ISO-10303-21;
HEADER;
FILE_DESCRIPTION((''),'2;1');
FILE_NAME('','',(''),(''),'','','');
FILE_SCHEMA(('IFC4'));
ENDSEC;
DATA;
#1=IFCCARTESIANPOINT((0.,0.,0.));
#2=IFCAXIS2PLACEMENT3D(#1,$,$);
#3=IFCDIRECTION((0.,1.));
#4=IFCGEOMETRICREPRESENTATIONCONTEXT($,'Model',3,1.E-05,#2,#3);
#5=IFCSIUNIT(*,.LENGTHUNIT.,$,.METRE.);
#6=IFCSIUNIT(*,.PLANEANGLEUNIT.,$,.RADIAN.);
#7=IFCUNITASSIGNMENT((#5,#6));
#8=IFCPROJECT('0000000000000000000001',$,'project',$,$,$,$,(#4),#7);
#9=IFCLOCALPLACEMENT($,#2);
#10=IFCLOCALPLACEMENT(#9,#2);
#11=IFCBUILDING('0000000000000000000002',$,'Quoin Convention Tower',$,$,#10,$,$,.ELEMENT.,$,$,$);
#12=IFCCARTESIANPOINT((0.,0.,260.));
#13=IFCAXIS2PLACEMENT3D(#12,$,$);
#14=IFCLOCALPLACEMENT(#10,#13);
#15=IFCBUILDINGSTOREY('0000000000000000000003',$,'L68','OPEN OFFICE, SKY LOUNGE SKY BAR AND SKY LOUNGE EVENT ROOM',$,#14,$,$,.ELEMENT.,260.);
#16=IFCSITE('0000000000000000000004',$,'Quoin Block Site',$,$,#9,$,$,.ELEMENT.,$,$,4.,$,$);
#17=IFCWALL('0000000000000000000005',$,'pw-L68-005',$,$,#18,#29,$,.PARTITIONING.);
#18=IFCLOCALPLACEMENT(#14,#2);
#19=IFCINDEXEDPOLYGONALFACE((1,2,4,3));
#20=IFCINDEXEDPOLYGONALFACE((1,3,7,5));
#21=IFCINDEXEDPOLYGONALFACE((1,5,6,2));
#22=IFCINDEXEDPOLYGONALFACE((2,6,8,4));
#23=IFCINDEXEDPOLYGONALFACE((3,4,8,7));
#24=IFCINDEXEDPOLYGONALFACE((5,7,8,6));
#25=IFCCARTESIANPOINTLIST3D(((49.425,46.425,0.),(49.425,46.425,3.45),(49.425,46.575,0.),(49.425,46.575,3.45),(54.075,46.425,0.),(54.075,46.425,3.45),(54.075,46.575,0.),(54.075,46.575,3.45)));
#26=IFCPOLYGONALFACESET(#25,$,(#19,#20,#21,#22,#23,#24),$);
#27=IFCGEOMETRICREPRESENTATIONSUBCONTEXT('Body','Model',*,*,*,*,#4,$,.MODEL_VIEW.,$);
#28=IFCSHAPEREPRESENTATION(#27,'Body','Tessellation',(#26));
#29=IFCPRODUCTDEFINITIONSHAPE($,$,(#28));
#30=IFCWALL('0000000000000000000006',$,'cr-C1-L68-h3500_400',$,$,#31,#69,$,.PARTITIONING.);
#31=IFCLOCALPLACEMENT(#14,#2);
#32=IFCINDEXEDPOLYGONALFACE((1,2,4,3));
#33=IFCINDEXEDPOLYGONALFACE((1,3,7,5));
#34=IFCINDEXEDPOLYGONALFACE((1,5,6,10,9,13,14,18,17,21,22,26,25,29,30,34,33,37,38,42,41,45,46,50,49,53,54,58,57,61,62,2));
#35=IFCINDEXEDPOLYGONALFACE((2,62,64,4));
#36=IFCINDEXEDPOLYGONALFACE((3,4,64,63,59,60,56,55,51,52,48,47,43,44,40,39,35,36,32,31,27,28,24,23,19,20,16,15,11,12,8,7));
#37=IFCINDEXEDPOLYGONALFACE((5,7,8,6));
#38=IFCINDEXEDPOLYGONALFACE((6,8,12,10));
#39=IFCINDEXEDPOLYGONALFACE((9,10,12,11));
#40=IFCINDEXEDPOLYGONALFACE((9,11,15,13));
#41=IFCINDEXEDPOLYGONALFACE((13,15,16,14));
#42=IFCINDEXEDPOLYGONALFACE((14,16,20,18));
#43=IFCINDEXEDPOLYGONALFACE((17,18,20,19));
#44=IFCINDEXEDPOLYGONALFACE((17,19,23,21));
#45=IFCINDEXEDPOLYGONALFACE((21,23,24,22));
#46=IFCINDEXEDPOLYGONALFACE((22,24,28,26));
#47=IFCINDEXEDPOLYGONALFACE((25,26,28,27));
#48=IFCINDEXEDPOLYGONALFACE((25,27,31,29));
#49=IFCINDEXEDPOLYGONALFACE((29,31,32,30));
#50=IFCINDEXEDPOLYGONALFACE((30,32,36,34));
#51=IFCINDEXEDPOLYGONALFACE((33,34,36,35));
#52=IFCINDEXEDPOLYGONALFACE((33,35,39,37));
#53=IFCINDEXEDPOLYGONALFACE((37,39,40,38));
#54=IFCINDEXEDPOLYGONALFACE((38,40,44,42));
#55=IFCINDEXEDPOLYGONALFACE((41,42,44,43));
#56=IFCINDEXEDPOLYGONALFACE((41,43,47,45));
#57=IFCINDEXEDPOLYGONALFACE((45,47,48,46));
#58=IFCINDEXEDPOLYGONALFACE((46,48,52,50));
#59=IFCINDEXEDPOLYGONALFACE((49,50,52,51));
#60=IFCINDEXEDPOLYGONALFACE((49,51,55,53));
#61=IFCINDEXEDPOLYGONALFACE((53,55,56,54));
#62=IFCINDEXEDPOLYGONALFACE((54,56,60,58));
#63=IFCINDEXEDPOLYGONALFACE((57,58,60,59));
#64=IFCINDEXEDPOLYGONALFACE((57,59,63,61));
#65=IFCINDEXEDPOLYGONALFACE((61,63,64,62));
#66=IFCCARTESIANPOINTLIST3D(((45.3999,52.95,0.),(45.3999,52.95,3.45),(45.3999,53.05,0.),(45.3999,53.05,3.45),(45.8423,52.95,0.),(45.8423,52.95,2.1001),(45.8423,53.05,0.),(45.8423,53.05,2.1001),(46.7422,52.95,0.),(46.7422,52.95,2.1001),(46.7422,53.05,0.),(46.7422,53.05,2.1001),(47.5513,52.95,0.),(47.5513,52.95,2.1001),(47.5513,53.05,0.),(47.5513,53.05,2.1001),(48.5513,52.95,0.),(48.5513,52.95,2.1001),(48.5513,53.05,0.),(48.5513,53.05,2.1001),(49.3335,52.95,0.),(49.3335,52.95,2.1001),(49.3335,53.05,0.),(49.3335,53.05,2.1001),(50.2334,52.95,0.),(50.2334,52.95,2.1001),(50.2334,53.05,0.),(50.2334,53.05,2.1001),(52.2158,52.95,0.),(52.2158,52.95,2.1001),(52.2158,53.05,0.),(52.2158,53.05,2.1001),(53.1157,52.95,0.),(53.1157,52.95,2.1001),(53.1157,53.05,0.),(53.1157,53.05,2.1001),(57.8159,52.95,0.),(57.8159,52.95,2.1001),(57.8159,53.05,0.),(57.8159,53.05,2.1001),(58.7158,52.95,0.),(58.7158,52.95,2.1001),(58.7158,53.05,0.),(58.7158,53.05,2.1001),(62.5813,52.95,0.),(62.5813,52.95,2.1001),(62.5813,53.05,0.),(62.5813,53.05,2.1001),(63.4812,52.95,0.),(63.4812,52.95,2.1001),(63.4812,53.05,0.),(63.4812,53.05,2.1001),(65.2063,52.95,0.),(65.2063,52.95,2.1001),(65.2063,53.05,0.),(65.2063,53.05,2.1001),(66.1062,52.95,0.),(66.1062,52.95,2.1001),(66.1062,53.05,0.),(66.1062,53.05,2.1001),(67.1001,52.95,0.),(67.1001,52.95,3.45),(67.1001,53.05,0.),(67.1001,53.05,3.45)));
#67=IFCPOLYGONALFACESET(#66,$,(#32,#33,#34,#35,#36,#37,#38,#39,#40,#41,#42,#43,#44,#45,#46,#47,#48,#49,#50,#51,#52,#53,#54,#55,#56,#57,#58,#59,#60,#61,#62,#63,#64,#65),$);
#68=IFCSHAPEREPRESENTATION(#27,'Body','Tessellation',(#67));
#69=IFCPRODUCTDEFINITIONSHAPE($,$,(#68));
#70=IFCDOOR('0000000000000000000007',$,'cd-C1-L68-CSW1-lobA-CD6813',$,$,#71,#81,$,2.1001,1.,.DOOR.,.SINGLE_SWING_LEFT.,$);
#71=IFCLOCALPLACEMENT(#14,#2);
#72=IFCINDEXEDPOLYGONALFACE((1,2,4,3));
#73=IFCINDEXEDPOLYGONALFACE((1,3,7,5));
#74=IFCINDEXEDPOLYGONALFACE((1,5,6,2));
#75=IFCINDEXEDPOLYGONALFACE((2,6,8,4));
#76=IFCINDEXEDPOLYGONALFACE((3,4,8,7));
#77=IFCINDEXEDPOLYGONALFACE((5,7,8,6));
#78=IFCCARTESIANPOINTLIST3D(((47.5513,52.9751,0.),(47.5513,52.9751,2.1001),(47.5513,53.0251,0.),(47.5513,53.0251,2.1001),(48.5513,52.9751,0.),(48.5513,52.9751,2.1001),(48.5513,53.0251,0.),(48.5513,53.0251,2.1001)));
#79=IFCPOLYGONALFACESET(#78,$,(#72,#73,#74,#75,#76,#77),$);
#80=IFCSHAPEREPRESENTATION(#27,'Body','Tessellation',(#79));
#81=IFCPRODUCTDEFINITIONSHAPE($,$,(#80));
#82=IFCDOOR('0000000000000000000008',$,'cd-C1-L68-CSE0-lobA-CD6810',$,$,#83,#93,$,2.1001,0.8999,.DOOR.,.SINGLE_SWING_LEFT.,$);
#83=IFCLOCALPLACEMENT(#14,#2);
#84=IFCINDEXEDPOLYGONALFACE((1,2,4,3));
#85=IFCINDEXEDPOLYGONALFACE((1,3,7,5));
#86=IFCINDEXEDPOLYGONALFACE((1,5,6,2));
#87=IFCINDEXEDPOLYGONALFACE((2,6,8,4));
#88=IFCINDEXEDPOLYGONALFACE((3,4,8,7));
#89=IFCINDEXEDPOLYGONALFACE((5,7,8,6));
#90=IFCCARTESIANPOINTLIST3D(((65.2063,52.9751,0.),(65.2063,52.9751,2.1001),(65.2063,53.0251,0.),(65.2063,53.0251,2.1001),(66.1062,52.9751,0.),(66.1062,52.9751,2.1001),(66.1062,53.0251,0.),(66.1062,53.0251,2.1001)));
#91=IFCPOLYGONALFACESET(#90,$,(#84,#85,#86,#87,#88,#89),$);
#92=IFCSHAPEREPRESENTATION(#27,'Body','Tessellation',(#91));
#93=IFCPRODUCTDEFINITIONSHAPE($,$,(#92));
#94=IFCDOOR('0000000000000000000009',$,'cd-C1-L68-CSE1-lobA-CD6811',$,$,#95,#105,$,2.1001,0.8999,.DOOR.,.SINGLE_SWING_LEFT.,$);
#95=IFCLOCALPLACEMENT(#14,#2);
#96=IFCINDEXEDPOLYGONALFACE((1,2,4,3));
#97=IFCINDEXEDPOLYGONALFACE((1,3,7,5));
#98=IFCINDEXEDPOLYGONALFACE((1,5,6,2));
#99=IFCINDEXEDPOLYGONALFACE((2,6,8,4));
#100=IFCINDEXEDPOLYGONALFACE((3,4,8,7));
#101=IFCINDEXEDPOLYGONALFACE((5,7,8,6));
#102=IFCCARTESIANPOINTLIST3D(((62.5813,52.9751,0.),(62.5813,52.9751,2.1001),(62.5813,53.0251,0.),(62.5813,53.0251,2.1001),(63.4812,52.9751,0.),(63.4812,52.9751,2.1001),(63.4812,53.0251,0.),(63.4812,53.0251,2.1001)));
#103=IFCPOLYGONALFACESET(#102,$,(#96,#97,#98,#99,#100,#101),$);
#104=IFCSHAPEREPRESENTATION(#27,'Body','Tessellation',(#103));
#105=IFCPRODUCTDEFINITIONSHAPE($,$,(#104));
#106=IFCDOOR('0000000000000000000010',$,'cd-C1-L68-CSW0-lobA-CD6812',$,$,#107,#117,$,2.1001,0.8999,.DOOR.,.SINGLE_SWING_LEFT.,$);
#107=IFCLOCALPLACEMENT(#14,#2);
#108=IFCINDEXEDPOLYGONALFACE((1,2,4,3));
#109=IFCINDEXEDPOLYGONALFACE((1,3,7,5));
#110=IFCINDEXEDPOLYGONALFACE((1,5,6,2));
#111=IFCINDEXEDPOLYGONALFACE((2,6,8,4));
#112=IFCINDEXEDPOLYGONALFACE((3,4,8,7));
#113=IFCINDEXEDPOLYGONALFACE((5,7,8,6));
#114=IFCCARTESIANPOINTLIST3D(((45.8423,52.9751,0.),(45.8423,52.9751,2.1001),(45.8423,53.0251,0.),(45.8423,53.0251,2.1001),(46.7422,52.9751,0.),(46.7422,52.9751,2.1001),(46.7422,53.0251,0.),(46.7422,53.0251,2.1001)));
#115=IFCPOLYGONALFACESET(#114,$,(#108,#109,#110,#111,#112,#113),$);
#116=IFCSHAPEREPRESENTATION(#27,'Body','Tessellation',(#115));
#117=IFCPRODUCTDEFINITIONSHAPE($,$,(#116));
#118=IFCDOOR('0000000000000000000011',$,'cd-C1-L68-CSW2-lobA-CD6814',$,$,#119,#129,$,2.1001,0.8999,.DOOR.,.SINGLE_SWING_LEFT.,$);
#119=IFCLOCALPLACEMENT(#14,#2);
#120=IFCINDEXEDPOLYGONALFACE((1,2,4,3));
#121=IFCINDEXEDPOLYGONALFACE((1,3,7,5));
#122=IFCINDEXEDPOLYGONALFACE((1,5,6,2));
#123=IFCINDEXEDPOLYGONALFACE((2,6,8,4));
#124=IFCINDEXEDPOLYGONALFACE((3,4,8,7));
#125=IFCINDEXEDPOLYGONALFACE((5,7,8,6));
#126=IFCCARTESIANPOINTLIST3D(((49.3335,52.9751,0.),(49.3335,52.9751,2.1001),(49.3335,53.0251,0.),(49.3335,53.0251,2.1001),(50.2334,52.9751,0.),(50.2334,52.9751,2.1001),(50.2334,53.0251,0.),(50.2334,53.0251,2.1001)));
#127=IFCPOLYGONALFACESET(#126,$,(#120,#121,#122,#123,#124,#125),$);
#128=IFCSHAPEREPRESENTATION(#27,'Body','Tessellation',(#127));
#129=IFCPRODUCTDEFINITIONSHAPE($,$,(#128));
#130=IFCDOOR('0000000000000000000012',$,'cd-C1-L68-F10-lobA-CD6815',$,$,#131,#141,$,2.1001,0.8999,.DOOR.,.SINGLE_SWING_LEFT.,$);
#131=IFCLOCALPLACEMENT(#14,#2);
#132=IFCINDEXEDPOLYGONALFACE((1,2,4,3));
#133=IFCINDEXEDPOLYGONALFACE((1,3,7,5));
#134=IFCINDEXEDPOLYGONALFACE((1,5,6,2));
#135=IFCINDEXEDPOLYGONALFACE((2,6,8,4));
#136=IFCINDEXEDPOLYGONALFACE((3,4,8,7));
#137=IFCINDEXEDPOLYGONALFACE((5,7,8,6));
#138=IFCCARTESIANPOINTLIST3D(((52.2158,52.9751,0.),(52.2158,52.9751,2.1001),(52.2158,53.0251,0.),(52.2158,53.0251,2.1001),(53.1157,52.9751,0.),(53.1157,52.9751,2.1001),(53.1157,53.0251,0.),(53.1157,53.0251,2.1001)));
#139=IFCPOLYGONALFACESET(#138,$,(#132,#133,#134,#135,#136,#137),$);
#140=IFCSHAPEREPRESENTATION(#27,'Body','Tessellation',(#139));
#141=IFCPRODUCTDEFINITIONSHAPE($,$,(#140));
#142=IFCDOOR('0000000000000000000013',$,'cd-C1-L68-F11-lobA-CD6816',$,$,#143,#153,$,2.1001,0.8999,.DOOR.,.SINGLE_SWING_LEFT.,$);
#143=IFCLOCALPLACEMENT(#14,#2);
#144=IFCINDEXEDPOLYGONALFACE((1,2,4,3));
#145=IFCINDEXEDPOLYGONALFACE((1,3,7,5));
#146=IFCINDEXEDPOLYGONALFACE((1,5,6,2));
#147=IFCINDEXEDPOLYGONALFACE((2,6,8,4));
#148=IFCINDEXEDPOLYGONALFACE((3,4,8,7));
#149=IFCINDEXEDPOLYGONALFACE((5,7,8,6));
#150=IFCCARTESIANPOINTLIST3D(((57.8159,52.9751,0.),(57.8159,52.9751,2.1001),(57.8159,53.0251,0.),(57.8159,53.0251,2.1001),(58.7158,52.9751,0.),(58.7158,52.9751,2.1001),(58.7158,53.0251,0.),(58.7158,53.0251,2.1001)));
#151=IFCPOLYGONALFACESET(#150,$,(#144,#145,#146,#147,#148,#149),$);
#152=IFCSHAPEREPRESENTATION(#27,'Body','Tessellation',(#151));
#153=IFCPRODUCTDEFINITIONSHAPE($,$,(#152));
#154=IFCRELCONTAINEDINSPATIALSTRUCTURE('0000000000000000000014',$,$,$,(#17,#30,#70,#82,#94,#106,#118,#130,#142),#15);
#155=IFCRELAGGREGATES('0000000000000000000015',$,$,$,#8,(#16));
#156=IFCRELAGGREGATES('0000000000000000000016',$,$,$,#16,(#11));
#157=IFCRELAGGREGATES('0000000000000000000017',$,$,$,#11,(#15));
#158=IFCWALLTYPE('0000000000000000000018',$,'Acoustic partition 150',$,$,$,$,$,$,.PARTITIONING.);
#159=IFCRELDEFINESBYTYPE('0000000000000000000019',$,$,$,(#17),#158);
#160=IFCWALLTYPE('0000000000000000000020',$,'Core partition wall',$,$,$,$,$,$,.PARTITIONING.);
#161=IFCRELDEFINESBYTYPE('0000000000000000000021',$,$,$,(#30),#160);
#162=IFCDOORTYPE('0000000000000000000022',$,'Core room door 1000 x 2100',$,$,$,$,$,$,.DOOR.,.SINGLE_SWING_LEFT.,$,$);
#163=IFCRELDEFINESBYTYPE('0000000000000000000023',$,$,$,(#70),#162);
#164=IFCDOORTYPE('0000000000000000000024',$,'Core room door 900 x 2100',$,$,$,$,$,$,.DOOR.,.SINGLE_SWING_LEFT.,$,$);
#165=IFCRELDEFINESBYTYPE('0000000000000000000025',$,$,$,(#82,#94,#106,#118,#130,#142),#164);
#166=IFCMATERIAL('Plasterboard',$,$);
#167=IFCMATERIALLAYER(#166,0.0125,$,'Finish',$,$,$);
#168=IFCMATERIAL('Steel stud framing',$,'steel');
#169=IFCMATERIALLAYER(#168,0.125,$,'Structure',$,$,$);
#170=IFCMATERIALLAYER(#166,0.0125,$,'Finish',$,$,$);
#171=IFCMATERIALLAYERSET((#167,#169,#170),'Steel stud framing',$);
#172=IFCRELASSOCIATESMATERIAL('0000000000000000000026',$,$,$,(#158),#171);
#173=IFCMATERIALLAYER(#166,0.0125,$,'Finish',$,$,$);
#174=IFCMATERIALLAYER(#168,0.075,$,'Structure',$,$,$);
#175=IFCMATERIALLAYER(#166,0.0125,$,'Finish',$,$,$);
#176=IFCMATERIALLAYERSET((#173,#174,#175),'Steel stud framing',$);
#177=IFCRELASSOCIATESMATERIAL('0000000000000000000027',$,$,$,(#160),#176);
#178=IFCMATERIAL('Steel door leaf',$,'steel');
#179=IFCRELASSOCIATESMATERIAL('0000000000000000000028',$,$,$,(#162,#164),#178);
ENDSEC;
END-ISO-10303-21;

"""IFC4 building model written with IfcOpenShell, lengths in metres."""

from ifc_helpers import new_model, si_unit, direction, frame, frame_2d, origin, place, context, subcontext, project, spatial, rectangle, extrude, material, layer, layer_set, type_object, element, fill, save


model = new_model("IFC4")

# Units and contexts
model_context = context("Model", 3, precision=1e-05, world=origin(), true_north=direction((0.0, 1.0)))
body_context = subcontext(model_context, "Body", "Model", "MODEL_VIEW")
ifc_project = project(units=[si_unit("LENGTHUNIT", "METRE"), si_unit("PLANEANGLEUNIT", "RADIAN")], contexts=[model_context])

# Site, building, storey
site_placement = place(None, origin())
site = spatial("IfcSite", under=ifc_project, at=site_placement, Name="Quoin Block Site", CompositionType="ELEMENT", RefElevation=4.0)
building_placement = place(site_placement, origin())
building = spatial("IfcBuilding", under=site, at=building_placement, Name="Quoin Convention Tower", CompositionType="ELEMENT")
storey_placement = place(building_placement, frame((0.0, 0.0, 260.0)))
storey = spatial("IfcBuildingStorey", under=building, at=storey_placement, Name="L68", Description="OPEN OFFICE, SKY LOUNGE SKY BAR AND SKY LOUNGE EVENT ROOM", CompositionType="ELEMENT", Elevation=260.0)

# Wall
ifc_material_1 = material(Name="Plasterboard")
ifc_layer_1 = layer(ifc_material_1, 0.0125, Name="Finish")
ifc_material_2 = material(Name="Steel stud framing", Category="steel")
ifc_layer_2 = layer(ifc_material_2, 0.125, Name="Structure")
ifc_layer_3 = layer(ifc_material_1, 0.0125, Name="Finish")
ifc_layer_set_1 = layer_set([ifc_layer_1, ifc_layer_2, ifc_layer_3], Name="Steel stud framing")
wall_type_1 = type_object("IfcWallType", Name="Acoustic partition 150", PredefinedType="PARTITIONING", material=ifc_layer_set_1)
wall_1_placement = place(storey_placement, frame((49.425, 46.5, 0.0), z_axis=(0.0, 0.0, 1.0), x_axis=(1.0, 0.0, 0.0)))
element("IfcWall", 1, at=wall_1_placement, inside=storey, type_object=wall_type_1, Name="pw-L68-005", PredefinedType="PARTITIONING", context=body_context, shape_type="SweptSolid", body=[
    extrude(rectangle(XDim=4.6499, YDim=0.1499, at=frame_2d((2.325, 0.0))), origin(), (0.0, 0.0, 1.0), 3.45),
])

# Wall, openings, doors
ifc_layer_4 = layer(ifc_material_1, 0.0125, Name="Finish")
ifc_layer_5 = layer(ifc_material_2, 0.075, Name="Structure")
ifc_layer_6 = layer(ifc_material_1, 0.0125, Name="Finish")
ifc_layer_set_2 = layer_set([ifc_layer_4, ifc_layer_5, ifc_layer_6], Name="Steel stud framing")
wall_type_2 = type_object("IfcWallType", Name="Core partition wall", PredefinedType="PARTITIONING", material=ifc_layer_set_2)
wall_2_placement = place(storey_placement, frame((45.3999, 53.0, 0.0), z_axis=(0.0, 0.0, 1.0), x_axis=(1.0, 0.0, 0.0)))
wall_2 = element("IfcWall", 2, at=wall_2_placement, inside=storey, type_object=wall_type_2, Name="cr-C1-L68-h3500_400", PredefinedType="PARTITIONING", context=body_context, shape_type="SweptSolid", body=[
    extrude(rectangle(XDim=21.7002, YDim=0.1001, at=frame_2d((10.8501, 0.0))), origin(), (0.0, 0.0, 1.0), 3.45),
])
opening_1_placement = place(wall_2_placement, frame((19.8064, 0.0, 0.0)))
opening_1 = element("IfcOpeningElement", 3, at=opening_1_placement, cuts=wall_2, PredefinedType="OPENING", context=body_context, shape_type="SweptSolid", body=[
    extrude(rectangle(XDim=0.8999, YDim=2.1001, at=frame_2d((0.45, 1.05))), frame((0.0, 0.0601, 0.0), z_axis=(0.0, -1.0, 0.0), x_axis=(1.0, 0.0, 0.0)), (0.0, 0.0, 1.0), 0.1201),
])
opening_2_placement = place(wall_2_placement, frame((17.1814, 0.0, 0.0)))
opening_2 = element("IfcOpeningElement", 4, at=opening_2_placement, cuts=wall_2, PredefinedType="OPENING", context=body_context, shape_type="SweptSolid", body=[
    extrude(rectangle(XDim=0.8999, YDim=2.1001, at=frame_2d((0.45, 1.05))), frame((0.0, 0.0601, 0.0), z_axis=(0.0, -1.0, 0.0), x_axis=(1.0, 0.0, 0.0)), (0.0, 0.0, 1.0), 0.1201),
])
opening_3_placement = place(wall_2_placement, frame((0.4424, 0.0, 0.0)))
opening_3 = element("IfcOpeningElement", 5, at=opening_3_placement, cuts=wall_2, PredefinedType="OPENING", context=body_context, shape_type="SweptSolid", body=[
    extrude(rectangle(XDim=0.8999, YDim=2.1001, at=frame_2d((0.45, 1.05))), frame((0.0, 0.0601, 0.0), z_axis=(0.0, -1.0, 0.0), x_axis=(1.0, 0.0, 0.0)), (0.0, 0.0, 1.0), 0.1201),
])
opening_4_placement = place(wall_2_placement, frame((2.1514, 0.0, 0.0)))
opening_4 = element("IfcOpeningElement", 6, at=opening_4_placement, cuts=wall_2, PredefinedType="OPENING", context=body_context, shape_type="SweptSolid", body=[
    extrude(rectangle(XDim=1.0, YDim=2.1001, at=frame_2d((0.5, 1.05))), frame((0.0, 0.0601, 0.0), z_axis=(0.0, -1.0, 0.0), x_axis=(1.0, 0.0, 0.0)), (0.0, 0.0, 1.0), 0.1201),
])
opening_5_placement = place(wall_2_placement, frame((3.9336, 0.0, 0.0)))
opening_5 = element("IfcOpeningElement", 7, at=opening_5_placement, cuts=wall_2, PredefinedType="OPENING", context=body_context, shape_type="SweptSolid", body=[
    extrude(rectangle(XDim=0.8999, YDim=2.1001, at=frame_2d((0.45, 1.05))), frame((0.0, 0.0601, 0.0), z_axis=(0.0, -1.0, 0.0), x_axis=(1.0, 0.0, 0.0)), (0.0, 0.0, 1.0), 0.1201),
])
opening_6_placement = place(wall_2_placement, frame((6.8159, 0.0, 0.0)))
opening_6 = element("IfcOpeningElement", 8, at=opening_6_placement, cuts=wall_2, PredefinedType="OPENING", context=body_context, shape_type="SweptSolid", body=[
    extrude(rectangle(XDim=0.8999, YDim=2.1001, at=frame_2d((0.45, 1.05))), frame((0.0, 0.0601, 0.0), z_axis=(0.0, -1.0, 0.0), x_axis=(1.0, 0.0, 0.0)), (0.0, 0.0, 1.0), 0.1201),
])
opening_7_placement = place(wall_2_placement, frame((12.416, 0.0, 0.0)))
opening_7 = element("IfcOpeningElement", 9, at=opening_7_placement, cuts=wall_2, PredefinedType="OPENING", context=body_context, shape_type="SweptSolid", body=[
    extrude(rectangle(XDim=0.8999, YDim=2.1001, at=frame_2d((0.45, 1.05))), frame((0.0, 0.0601, 0.0), z_axis=(0.0, -1.0, 0.0), x_axis=(1.0, 0.0, 0.0)), (0.0, 0.0, 1.0), 0.1201),
])
ifc_material_3 = material(Name="Steel door leaf", Category="steel")
door_type_1 = type_object("IfcDoorType", Name="Core room door 1000 x 2100", OperationType="SINGLE_SWING_LEFT", PredefinedType="DOOR", material=ifc_material_3)
door_1_placement = place(opening_4_placement, frame((1.0, 0.0, 0.0), z_axis=(0.0, 0.0, 1.0), x_axis=(-1.0, 0.0, 0.0)))
door_1 = element("IfcDoor", 10, at=door_1_placement, inside=storey, type_object=door_type_1, Name="cd-C1-L68-CSW1-lobA-CD6813", OperationType="SINGLE_SWING_LEFT", OverallHeight=2.1001, OverallWidth=1.0, PredefinedType="DOOR", context=body_context, shape_type="SweptSolid", body=[
    extrude(rectangle(XDim=1.0, YDim=2.1001, at=frame_2d((0.5, 1.05))), frame((0.0, 0.0249, 0.0), z_axis=(0.0, -1.0, 0.0), x_axis=(1.0, 0.0, 0.0)), (0.0, 0.0, 1.0), 0.05),
])
fill(opening_4, door_1)
door_type_2 = type_object("IfcDoorType", Name="Core room door 900 x 2100", OperationType="SINGLE_SWING_LEFT", PredefinedType="DOOR", material=ifc_material_3)
door_2_placement = place(opening_1_placement, frame((0.8999, 0.0, 0.0), z_axis=(0.0, 0.0, 1.0), x_axis=(-1.0, 0.0, 0.0)))
door_2 = element("IfcDoor", 11, at=door_2_placement, inside=storey, type_object=door_type_2, Name="cd-C1-L68-CSE0-lobA-CD6810", OperationType="SINGLE_SWING_LEFT", OverallHeight=2.1001, OverallWidth=0.8999, PredefinedType="DOOR", context=body_context, shape_type="SweptSolid", body=[
    extrude(rectangle(XDim=0.8999, YDim=2.1001, at=frame_2d((0.45, 1.05))), frame((0.0, 0.0249, 0.0), z_axis=(0.0, -1.0, 0.0), x_axis=(1.0, 0.0, 0.0)), (0.0, 0.0, 1.0), 0.05),
])
fill(opening_1, door_2)
door_3_placement = place(opening_2_placement, frame((0.8999, 0.0, 0.0), z_axis=(0.0, 0.0, 1.0), x_axis=(-1.0, 0.0, 0.0)))
door_3 = element("IfcDoor", 12, at=door_3_placement, inside=storey, type_object=door_type_2, Name="cd-C1-L68-CSE1-lobA-CD6811", OperationType="SINGLE_SWING_LEFT", OverallHeight=2.1001, OverallWidth=0.8999, PredefinedType="DOOR", context=body_context, shape_type="SweptSolid", body=[
    extrude(rectangle(XDim=0.8999, YDim=2.1001, at=frame_2d((0.45, 1.05))), frame((0.0, 0.0249, 0.0), z_axis=(0.0, -1.0, 0.0), x_axis=(1.0, 0.0, 0.0)), (0.0, 0.0, 1.0), 0.05),
])
fill(opening_2, door_3)
door_4_placement = place(opening_3_placement, frame((0.8999, 0.0, 0.0), z_axis=(0.0, 0.0, 1.0), x_axis=(-1.0, 0.0, 0.0)))
door_4 = element("IfcDoor", 13, at=door_4_placement, inside=storey, type_object=door_type_2, Name="cd-C1-L68-CSW0-lobA-CD6812", OperationType="SINGLE_SWING_LEFT", OverallHeight=2.1001, OverallWidth=0.8999, PredefinedType="DOOR", context=body_context, shape_type="SweptSolid", body=[
    extrude(rectangle(XDim=0.8999, YDim=2.1001, at=frame_2d((0.45, 1.05))), frame((0.0, 0.0249, 0.0), z_axis=(0.0, -1.0, 0.0), x_axis=(1.0, 0.0, 0.0)), (0.0, 0.0, 1.0), 0.05),
])
fill(opening_3, door_4)
door_5_placement = place(opening_5_placement, frame((0.8999, 0.0, 0.0), z_axis=(0.0, 0.0, 1.0), x_axis=(-1.0, 0.0, 0.0)))
door_5 = element("IfcDoor", 14, at=door_5_placement, inside=storey, type_object=door_type_2, Name="cd-C1-L68-CSW2-lobA-CD6814", OperationType="SINGLE_SWING_LEFT", OverallHeight=2.1001, OverallWidth=0.8999, PredefinedType="DOOR", context=body_context, shape_type="SweptSolid", body=[
    extrude(rectangle(XDim=0.8999, YDim=2.1001, at=frame_2d((0.45, 1.05))), frame((0.0, 0.0249, 0.0), z_axis=(0.0, -1.0, 0.0), x_axis=(1.0, 0.0, 0.0)), (0.0, 0.0, 1.0), 0.05),
])
fill(opening_5, door_5)
door_6_placement = place(opening_6_placement, frame((0.8999, 0.0, 0.0), z_axis=(0.0, 0.0, 1.0), x_axis=(-1.0, 0.0, 0.0)))
door_6 = element("IfcDoor", 15, at=door_6_placement, inside=storey, type_object=door_type_2, Name="cd-C1-L68-F10-lobA-CD6815", OperationType="SINGLE_SWING_LEFT", OverallHeight=2.1001, OverallWidth=0.8999, PredefinedType="DOOR", context=body_context, shape_type="SweptSolid", body=[
    extrude(rectangle(XDim=0.8999, YDim=2.1001, at=frame_2d((0.45, 1.05))), frame((0.0, 0.0249, 0.0), z_axis=(0.0, -1.0, 0.0), x_axis=(1.0, 0.0, 0.0)), (0.0, 0.0, 1.0), 0.05),
])
fill(opening_6, door_6)
door_7_placement = place(opening_7_placement, frame((0.8999, 0.0, 0.0), z_axis=(0.0, 0.0, 1.0), x_axis=(-1.0, 0.0, 0.0)))
door_7 = element("IfcDoor", 16, at=door_7_placement, inside=storey, type_object=door_type_2, Name="cd-C1-L68-F11-lobA-CD6816", OperationType="SINGLE_SWING_LEFT", OverallHeight=2.1001, OverallWidth=0.8999, PredefinedType="DOOR", context=body_context, shape_type="SweptSolid", body=[
    extrude(rectangle(XDim=0.8999, YDim=2.1001, at=frame_2d((0.45, 1.05))), frame((0.0, 0.0249, 0.0), z_axis=(0.0, -1.0, 0.0), x_axis=(1.0, 0.0, 0.0)), (0.0, 0.0, 1.0), 0.05),
])
fill(opening_7, door_7)

save(model, "model.ifc")
